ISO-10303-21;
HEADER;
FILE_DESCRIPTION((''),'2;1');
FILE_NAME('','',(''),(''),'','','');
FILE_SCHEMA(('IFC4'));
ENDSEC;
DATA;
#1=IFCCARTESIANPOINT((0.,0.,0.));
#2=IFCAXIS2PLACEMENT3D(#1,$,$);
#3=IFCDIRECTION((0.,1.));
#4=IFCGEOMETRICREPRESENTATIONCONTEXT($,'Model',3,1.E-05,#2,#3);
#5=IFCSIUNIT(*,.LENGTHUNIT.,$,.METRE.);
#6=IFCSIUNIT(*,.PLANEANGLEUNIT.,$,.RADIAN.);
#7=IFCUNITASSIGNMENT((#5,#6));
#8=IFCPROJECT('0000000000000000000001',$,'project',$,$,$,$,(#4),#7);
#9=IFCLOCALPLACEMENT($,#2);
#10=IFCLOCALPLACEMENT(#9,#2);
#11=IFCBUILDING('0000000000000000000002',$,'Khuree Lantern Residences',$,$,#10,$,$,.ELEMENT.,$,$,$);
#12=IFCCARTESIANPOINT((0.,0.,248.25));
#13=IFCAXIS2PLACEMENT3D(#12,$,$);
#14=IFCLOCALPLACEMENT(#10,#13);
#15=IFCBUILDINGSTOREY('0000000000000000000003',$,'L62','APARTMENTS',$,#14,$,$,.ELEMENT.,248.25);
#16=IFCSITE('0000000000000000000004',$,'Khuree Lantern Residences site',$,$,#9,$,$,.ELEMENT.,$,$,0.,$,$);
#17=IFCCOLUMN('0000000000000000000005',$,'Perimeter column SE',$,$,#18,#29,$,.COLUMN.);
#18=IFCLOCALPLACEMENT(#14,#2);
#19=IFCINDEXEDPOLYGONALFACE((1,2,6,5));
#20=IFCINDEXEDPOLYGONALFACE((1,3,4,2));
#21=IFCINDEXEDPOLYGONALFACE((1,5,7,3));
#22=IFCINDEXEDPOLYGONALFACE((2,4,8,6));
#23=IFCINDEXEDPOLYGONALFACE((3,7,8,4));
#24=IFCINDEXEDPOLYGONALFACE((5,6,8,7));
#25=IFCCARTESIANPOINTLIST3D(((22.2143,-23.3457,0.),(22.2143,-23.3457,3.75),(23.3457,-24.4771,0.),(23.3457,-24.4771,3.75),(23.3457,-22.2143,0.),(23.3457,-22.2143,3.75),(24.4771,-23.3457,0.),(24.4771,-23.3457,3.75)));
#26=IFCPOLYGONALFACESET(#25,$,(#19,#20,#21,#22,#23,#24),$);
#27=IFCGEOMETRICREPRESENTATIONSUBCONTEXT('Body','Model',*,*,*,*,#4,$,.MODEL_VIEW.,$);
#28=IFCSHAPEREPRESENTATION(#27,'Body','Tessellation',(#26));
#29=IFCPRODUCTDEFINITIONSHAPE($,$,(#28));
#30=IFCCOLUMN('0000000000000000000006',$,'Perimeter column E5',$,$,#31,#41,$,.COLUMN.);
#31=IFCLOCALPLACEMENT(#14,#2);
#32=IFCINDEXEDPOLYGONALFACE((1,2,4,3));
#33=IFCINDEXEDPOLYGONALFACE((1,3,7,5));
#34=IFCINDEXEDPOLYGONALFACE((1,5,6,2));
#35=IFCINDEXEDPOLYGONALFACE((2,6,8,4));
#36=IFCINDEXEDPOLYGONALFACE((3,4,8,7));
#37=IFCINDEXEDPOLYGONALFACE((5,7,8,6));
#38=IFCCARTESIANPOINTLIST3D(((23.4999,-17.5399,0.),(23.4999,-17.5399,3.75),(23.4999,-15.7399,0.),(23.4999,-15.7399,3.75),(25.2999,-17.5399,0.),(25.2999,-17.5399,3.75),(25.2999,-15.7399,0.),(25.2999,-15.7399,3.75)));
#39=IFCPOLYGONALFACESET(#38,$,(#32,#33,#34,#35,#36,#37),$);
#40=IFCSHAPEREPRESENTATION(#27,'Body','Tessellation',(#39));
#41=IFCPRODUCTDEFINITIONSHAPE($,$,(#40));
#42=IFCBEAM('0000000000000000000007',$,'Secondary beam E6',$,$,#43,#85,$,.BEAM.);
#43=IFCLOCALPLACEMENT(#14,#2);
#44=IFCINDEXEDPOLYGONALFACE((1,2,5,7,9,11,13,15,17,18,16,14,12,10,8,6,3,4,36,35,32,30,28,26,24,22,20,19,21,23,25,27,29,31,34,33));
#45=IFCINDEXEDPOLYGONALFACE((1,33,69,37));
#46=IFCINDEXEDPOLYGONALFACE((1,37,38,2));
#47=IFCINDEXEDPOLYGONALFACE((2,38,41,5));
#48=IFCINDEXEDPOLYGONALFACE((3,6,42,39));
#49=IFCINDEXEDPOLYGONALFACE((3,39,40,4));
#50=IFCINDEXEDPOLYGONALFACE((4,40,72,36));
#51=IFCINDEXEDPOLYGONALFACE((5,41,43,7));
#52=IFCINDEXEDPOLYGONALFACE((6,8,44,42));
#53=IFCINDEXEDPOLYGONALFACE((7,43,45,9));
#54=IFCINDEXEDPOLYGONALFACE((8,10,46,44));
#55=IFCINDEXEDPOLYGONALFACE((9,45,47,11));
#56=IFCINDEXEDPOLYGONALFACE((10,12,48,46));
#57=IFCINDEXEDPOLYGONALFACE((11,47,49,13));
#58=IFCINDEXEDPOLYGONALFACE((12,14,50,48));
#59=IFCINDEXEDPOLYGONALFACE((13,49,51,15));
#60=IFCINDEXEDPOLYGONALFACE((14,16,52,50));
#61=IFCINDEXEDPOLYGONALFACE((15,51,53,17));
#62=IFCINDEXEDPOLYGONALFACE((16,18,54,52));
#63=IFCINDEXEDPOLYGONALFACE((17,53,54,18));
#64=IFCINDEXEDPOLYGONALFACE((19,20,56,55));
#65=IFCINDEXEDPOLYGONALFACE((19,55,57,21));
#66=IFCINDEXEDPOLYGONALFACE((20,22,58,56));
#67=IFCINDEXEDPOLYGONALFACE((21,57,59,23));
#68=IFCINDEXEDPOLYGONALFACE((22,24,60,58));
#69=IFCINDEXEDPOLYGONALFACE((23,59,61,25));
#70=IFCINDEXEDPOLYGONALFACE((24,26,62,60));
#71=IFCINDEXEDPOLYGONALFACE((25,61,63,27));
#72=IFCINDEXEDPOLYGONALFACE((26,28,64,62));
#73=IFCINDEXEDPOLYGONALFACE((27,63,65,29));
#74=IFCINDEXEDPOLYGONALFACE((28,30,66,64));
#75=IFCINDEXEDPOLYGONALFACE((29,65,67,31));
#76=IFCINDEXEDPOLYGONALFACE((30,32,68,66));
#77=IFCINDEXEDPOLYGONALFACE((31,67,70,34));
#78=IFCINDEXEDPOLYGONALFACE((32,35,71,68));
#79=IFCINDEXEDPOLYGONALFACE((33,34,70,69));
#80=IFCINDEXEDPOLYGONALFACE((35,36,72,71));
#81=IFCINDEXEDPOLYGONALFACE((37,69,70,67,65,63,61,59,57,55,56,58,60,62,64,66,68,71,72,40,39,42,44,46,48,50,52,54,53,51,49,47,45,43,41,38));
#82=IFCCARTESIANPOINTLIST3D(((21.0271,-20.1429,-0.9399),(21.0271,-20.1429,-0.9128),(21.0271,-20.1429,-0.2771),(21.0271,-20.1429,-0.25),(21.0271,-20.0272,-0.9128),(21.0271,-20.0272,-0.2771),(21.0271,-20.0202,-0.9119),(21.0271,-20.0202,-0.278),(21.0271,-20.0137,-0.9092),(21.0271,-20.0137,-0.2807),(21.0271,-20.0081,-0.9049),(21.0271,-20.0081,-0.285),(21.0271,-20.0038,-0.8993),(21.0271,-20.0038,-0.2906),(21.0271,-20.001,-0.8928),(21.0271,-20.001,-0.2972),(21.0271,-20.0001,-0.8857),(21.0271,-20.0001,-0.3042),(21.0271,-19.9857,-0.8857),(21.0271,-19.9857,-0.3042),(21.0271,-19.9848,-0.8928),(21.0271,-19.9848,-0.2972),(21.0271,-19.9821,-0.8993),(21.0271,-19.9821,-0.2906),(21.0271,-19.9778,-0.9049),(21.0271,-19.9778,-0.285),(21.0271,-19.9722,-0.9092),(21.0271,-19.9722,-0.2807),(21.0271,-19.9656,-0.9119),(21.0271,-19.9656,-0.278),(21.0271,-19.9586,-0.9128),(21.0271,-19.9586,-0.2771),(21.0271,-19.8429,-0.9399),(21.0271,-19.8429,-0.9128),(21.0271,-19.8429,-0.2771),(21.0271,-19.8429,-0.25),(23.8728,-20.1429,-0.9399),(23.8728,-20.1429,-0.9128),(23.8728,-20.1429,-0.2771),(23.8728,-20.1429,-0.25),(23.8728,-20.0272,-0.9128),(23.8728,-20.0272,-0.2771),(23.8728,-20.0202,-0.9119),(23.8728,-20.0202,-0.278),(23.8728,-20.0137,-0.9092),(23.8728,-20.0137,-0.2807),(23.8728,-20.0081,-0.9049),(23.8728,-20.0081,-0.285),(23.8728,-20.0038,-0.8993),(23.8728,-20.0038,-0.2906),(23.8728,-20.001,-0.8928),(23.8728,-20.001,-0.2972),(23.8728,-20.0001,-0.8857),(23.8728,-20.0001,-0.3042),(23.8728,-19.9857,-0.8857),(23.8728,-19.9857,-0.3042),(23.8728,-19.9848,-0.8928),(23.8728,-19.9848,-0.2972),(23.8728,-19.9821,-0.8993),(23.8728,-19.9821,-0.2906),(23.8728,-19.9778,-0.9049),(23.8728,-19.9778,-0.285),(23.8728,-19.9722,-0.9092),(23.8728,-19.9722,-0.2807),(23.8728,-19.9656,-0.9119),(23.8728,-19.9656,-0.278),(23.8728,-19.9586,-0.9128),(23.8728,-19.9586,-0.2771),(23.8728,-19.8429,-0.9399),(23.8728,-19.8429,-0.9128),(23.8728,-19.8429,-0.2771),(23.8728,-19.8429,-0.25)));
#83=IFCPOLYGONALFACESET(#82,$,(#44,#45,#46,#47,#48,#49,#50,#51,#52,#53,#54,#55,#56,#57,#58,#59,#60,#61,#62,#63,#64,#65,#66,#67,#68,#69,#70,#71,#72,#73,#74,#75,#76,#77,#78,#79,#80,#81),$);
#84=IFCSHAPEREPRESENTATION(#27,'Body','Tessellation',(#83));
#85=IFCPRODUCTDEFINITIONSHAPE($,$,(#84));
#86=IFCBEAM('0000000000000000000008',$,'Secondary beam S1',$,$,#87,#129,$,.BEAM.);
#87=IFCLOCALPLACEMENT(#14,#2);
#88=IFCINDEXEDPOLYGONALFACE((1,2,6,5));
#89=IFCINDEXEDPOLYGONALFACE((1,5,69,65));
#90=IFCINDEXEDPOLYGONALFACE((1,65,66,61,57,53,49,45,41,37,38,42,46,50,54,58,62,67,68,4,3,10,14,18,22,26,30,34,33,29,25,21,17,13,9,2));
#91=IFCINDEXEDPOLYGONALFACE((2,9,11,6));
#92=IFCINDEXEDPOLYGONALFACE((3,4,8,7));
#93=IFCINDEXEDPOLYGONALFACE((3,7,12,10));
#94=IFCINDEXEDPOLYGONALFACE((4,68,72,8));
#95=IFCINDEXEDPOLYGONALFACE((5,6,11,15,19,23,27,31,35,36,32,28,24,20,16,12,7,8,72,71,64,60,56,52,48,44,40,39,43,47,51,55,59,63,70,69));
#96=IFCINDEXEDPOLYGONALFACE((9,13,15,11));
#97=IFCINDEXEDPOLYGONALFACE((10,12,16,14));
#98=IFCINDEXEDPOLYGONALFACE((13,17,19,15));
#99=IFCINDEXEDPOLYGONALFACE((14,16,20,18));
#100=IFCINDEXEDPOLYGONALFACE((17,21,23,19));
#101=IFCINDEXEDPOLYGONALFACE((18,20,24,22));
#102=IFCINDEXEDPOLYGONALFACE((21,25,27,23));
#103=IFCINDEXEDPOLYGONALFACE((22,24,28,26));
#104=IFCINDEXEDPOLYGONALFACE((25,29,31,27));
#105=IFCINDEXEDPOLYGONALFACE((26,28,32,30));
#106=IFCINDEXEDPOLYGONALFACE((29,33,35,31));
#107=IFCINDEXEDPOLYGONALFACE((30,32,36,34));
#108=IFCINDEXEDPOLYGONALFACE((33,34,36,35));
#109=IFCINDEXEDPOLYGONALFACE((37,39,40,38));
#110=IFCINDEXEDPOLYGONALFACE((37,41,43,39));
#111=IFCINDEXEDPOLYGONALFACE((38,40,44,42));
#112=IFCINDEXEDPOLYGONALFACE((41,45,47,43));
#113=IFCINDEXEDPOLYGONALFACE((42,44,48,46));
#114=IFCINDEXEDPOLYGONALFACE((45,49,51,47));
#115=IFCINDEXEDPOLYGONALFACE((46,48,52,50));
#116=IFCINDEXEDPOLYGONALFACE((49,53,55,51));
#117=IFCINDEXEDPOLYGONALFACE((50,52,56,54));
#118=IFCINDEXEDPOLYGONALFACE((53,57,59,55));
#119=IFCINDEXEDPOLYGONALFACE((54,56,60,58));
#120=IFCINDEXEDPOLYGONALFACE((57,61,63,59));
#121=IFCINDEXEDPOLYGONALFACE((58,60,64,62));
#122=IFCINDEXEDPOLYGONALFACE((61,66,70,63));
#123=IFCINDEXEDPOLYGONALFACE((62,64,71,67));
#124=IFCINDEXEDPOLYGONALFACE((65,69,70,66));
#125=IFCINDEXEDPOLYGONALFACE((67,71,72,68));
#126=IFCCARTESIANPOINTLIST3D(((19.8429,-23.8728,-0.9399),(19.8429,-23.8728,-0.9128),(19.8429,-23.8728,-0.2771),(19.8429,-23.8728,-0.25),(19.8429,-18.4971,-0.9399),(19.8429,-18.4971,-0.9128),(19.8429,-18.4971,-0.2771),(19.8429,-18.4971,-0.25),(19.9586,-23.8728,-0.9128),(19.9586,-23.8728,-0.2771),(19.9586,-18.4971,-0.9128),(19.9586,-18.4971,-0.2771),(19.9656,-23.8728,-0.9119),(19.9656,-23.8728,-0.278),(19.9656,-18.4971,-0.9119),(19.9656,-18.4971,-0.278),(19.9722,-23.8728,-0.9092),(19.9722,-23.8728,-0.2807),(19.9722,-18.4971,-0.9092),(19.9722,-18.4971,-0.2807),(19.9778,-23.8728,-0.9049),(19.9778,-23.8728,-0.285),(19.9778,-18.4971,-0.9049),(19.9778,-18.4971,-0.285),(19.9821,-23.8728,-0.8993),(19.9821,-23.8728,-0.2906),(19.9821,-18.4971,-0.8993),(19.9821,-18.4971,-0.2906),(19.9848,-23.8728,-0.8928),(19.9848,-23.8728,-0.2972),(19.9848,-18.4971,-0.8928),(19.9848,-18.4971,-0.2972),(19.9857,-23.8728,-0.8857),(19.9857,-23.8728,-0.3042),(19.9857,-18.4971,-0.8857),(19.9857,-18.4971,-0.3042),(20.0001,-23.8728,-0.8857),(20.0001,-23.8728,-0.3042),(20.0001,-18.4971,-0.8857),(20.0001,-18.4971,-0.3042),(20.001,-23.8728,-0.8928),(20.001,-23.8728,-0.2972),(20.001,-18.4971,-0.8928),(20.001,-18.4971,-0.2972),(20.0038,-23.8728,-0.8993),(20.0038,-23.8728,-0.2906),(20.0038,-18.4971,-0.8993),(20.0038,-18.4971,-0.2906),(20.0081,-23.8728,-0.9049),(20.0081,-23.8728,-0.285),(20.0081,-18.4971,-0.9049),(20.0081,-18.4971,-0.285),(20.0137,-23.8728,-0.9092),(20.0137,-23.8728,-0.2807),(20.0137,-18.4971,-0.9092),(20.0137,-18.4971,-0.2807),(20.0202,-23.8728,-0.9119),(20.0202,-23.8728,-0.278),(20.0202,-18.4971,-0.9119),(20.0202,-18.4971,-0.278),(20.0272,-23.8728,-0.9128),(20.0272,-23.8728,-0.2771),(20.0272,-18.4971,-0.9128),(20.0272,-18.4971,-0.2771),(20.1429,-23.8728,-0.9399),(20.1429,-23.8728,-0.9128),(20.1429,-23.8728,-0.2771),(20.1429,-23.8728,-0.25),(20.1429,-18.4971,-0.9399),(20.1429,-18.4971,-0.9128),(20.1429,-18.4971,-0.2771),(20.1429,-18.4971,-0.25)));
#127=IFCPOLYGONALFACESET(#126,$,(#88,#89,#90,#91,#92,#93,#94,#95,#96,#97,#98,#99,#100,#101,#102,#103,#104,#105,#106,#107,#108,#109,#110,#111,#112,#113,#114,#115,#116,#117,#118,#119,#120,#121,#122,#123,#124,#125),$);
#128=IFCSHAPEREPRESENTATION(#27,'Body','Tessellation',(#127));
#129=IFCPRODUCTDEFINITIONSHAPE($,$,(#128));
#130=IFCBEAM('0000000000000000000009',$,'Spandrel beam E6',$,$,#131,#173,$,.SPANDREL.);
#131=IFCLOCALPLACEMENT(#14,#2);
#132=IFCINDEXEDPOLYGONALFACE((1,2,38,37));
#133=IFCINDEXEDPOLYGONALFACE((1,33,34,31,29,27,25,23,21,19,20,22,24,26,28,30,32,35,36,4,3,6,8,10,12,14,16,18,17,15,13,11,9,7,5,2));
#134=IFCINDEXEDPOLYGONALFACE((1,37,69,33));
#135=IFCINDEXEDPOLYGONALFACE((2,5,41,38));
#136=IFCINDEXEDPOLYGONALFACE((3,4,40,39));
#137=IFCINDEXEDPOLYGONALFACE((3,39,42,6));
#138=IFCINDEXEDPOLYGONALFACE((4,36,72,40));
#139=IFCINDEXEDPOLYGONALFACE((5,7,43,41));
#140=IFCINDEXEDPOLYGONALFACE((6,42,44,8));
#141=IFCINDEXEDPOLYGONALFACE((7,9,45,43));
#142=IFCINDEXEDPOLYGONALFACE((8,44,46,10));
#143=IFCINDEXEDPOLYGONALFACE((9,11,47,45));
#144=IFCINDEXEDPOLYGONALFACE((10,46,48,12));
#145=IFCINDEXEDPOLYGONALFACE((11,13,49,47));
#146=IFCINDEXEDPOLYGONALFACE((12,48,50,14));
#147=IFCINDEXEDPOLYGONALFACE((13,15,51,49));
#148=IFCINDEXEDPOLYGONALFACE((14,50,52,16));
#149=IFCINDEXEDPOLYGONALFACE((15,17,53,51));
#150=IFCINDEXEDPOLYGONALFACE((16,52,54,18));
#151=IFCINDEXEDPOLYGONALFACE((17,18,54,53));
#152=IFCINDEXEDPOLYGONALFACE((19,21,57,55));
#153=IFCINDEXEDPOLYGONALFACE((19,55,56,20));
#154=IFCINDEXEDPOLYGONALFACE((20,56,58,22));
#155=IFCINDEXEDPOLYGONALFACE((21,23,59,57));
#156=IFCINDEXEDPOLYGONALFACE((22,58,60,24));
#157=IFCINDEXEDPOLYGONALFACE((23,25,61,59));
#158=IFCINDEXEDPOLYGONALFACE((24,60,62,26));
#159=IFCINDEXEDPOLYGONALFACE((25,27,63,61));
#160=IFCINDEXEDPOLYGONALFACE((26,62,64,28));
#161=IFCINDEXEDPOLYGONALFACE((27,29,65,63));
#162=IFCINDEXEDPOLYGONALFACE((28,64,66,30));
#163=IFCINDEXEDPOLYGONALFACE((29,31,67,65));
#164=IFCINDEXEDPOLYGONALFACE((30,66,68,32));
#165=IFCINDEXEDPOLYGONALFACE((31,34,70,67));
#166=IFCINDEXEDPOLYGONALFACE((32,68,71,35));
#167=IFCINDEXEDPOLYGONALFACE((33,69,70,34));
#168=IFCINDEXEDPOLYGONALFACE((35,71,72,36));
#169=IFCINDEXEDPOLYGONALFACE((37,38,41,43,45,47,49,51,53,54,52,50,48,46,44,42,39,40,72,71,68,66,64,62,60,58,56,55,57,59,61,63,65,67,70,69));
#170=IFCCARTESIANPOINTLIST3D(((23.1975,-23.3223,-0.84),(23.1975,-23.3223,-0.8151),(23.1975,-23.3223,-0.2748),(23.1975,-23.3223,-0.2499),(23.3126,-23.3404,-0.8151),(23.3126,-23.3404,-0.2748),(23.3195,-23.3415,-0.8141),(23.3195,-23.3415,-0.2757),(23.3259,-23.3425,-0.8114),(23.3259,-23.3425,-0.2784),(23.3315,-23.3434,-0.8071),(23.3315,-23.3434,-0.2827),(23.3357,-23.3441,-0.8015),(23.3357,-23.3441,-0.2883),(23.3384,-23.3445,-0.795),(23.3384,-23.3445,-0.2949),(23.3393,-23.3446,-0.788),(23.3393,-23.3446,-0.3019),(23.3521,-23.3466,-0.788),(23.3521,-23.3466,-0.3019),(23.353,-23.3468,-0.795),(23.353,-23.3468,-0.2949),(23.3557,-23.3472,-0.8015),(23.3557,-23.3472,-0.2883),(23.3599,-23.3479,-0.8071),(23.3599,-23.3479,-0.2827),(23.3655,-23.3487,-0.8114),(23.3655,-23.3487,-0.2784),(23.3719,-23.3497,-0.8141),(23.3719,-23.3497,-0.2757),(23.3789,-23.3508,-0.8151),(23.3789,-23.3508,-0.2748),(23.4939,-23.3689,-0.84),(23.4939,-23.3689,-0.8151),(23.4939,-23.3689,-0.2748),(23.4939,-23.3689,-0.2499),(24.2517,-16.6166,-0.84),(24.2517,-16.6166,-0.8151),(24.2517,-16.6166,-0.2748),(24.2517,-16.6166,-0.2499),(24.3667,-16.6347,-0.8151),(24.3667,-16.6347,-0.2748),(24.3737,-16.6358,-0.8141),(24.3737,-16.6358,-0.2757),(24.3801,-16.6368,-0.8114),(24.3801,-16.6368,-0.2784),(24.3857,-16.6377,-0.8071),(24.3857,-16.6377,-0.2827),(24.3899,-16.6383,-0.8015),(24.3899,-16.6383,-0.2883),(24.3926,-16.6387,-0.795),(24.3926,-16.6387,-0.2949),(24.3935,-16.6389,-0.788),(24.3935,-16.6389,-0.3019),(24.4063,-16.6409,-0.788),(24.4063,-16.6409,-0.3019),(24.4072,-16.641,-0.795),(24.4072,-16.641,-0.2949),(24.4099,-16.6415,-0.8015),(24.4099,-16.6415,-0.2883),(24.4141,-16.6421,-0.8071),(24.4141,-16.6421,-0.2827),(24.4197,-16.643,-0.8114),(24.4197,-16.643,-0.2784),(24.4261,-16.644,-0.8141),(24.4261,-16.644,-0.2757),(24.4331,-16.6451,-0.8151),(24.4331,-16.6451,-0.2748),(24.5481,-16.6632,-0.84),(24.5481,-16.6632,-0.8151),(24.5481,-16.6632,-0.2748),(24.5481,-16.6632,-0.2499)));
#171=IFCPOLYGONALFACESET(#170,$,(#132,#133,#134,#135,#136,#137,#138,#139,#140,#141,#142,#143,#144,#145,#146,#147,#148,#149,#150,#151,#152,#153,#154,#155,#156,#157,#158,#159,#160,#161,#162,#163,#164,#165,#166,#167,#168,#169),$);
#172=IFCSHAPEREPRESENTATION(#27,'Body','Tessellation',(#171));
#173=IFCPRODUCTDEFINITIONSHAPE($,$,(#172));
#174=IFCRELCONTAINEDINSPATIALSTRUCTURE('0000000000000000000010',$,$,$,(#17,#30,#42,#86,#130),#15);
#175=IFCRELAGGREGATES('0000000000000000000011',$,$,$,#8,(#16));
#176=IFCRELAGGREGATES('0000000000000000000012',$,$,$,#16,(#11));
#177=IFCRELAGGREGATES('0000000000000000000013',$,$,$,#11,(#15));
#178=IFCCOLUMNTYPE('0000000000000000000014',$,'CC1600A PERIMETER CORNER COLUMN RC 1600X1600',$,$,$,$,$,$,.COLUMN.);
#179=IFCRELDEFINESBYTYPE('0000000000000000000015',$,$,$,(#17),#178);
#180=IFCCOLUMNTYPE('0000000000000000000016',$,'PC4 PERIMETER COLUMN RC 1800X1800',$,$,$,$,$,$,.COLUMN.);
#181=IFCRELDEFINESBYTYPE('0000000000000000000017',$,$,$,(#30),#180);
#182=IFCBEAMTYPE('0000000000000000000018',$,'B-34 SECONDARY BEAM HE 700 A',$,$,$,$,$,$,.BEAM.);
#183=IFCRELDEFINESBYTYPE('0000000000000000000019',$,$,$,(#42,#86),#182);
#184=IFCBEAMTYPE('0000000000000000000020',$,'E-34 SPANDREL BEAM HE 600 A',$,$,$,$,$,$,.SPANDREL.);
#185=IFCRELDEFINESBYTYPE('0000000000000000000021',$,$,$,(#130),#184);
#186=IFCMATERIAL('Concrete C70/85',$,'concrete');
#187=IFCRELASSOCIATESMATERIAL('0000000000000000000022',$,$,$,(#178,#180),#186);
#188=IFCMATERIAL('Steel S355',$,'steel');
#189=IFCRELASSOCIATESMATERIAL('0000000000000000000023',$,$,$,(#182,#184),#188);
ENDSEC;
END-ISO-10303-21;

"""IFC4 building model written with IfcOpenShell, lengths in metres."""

from ifc_helpers import new_model, si_unit, direction, frame, origin, origin_2d, place, context, subcontext, project, spatial, rectangle, i_section, extrude, material, material_profile, profile_set, type_object, element, save


model = new_model("IFC4")

# Units and contexts
model_context = context("Model", 3, precision=1e-05, world=origin(), true_north=direction((0.0, 1.0)))
body_context = subcontext(model_context, "Body", "Model", "MODEL_VIEW")
ifc_project = project(units=[si_unit("LENGTHUNIT", "METRE"), si_unit("PLANEANGLEUNIT", "RADIAN")], contexts=[model_context])

# Site, building, storey
site_placement = place(None, origin())
site = spatial("IfcSite", under=ifc_project, at=site_placement, Name="Khuree Lantern Residences site", CompositionType="ELEMENT", RefElevation=0.0)
building_placement = place(site_placement, origin())
building = spatial("IfcBuilding", under=site, at=building_placement, Name="Khuree Lantern Residences", CompositionType="ELEMENT")
storey_placement = place(building_placement, frame((0.0, 0.0, 248.25)))
storey = spatial("IfcBuildingStorey", under=building, at=storey_placement, Name="L62", Description="APARTMENTS", CompositionType="ELEMENT", Elevation=248.25)

# Columns
ifc_material_1 = material(Name="Concrete C70/85", Category="concrete")
ifc_material_profile_1 = material_profile(ifc_material_1, rectangle(XDim=1.6001, YDim=1.6001, at=origin_2d()), Name="RC 1600X1600")
ifc_profile_set_1 = profile_set([ifc_material_profile_1], Name="Concrete C70/85")
column_type_1 = type_object("IfcColumnType", Name="CC1600A PERIMETER CORNER COLUMN RC 1600X1600", PredefinedType="COLUMN", material=ifc_profile_set_1)
column_1_placement = place(storey_placement, frame((23.3457, -23.3457, 0.0), z_axis=(0.0, 0.0, 1.0), x_axis=(0.707107, 0.707107, 0.0)))
element("IfcColumn", 1, at=column_1_placement, inside=storey, type_object=column_type_1, Name="Perimeter column SE", PredefinedType="COLUMN", context=body_context, shape_type="SweptSolid", body=[
    extrude(rectangle(XDim=1.6001, YDim=1.6001, at=origin_2d()), origin(), (0.0, 0.0, 1.0), 3.75),
])
ifc_material_profile_2 = material_profile(ifc_material_1, rectangle(XDim=1.8, YDim=1.8, at=origin_2d()), Name="RC 1800X1800")
ifc_profile_set_2 = profile_set([ifc_material_profile_2], Name="Concrete C70/85")
column_type_2 = type_object("IfcColumnType", Name="PC4 PERIMETER COLUMN RC 1800X1800", PredefinedType="COLUMN", material=ifc_profile_set_2)
column_2_placement = place(storey_placement, frame((24.3999, -16.6399, 0.0), z_axis=(0.0, 0.0, 1.0), x_axis=(0.0, 1.0, 0.0)))
element("IfcColumn", 2, at=column_2_placement, inside=storey, type_object=column_type_2, Name="Perimeter column E5", PredefinedType="COLUMN", context=body_context, shape_type="SweptSolid", body=[
    extrude(rectangle(XDim=1.8, YDim=1.8, at=origin_2d()), origin(), (0.0, 0.0, 1.0), 3.75),
])

# Beams
ifc_material_2 = material(Name="Steel S355", Category="steel")
ifc_material_profile_3 = material_profile(ifc_material_2, i_section(OverallWidth=0.3, OverallDepth=0.6899, WebThickness=0.0144, FlangeThickness=0.0271, FilletRadius=0.0271, at=origin_2d()), Name="HE 700 A")
ifc_profile_set_3 = profile_set([ifc_material_profile_3], Name="Steel S355")
beam_type_1 = type_object("IfcBeamType", Name="B-34 SECONDARY BEAM HE 700 A", PredefinedType="BEAM", material=ifc_profile_set_3)
beam_1_placement = place(storey_placement, frame((23.8728, -19.9929, -0.595), z_axis=(-1.0, 0.0, 0.0), x_axis=(0.0, -1.0, 0.0)))
element("IfcBeam", 3, at=beam_1_placement, inside=storey, type_object=beam_type_1, Name="Secondary beam E6", PredefinedType="BEAM", context=body_context, shape_type="SweptSolid", body=[
    extrude(i_section(OverallWidth=0.3, OverallDepth=0.6899, WebThickness=0.0144, FlangeThickness=0.0271, FilletRadius=0.0271, at=origin_2d()), origin(), (0.0, 0.0, 1.0), 2.8457),
])
beam_2_placement = place(storey_placement, frame((19.9929, -23.8728, -0.595), z_axis=(0.0, 1.0, 0.0), x_axis=(-1.0, 0.0, 0.0)))
element("IfcBeam", 4, at=beam_2_placement, inside=storey, type_object=beam_type_1, Name="Secondary beam S1", PredefinedType="BEAM", context=body_context, shape_type="SweptSolid", body=[
    extrude(i_section(OverallWidth=0.3, OverallDepth=0.6899, WebThickness=0.0144, FlangeThickness=0.0271, FilletRadius=0.0271, at=origin_2d()), origin(), (0.0, 0.0, 1.0), 5.3757),
])
ifc_material_profile_4 = material_profile(ifc_material_2, i_section(OverallWidth=0.3, OverallDepth=0.5901, WebThickness=0.0129, FlangeThickness=0.0249, FilletRadius=0.0271, at=origin_2d()), Name="HE 600 A")
ifc_profile_set_4 = profile_set([ifc_material_profile_4], Name="Steel S355")
beam_type_2 = type_object("IfcBeamType", Name="E-34 SPANDREL BEAM HE 600 A", PredefinedType="SPANDREL", material=ifc_profile_set_4)
for number, where, z_axis, x_axis, name in (
    (5, (24.3999, -16.6399, -0.5449), (-0.1553, -0.987867, 0.0), (0.987867, -0.1553, 0.0), "Spandrel beam E6"),
):
    element("IfcBeam", number, at=place(storey_placement, frame(where, z_axis=z_axis, x_axis=x_axis)), inside=storey, type_object=beam_type_2, Name=name, PredefinedType="SPANDREL", context=body_context, shape_type="SweptSolid", body=[
        extrude(i_section(OverallWidth=0.3, OverallDepth=0.5901, WebThickness=0.0129, FlangeThickness=0.0249, FilletRadius=0.0271, at=origin_2d()), origin(), (0.0, 0.0, 1.0), 6.7881),
    ])

save(model, "model.ifc")
